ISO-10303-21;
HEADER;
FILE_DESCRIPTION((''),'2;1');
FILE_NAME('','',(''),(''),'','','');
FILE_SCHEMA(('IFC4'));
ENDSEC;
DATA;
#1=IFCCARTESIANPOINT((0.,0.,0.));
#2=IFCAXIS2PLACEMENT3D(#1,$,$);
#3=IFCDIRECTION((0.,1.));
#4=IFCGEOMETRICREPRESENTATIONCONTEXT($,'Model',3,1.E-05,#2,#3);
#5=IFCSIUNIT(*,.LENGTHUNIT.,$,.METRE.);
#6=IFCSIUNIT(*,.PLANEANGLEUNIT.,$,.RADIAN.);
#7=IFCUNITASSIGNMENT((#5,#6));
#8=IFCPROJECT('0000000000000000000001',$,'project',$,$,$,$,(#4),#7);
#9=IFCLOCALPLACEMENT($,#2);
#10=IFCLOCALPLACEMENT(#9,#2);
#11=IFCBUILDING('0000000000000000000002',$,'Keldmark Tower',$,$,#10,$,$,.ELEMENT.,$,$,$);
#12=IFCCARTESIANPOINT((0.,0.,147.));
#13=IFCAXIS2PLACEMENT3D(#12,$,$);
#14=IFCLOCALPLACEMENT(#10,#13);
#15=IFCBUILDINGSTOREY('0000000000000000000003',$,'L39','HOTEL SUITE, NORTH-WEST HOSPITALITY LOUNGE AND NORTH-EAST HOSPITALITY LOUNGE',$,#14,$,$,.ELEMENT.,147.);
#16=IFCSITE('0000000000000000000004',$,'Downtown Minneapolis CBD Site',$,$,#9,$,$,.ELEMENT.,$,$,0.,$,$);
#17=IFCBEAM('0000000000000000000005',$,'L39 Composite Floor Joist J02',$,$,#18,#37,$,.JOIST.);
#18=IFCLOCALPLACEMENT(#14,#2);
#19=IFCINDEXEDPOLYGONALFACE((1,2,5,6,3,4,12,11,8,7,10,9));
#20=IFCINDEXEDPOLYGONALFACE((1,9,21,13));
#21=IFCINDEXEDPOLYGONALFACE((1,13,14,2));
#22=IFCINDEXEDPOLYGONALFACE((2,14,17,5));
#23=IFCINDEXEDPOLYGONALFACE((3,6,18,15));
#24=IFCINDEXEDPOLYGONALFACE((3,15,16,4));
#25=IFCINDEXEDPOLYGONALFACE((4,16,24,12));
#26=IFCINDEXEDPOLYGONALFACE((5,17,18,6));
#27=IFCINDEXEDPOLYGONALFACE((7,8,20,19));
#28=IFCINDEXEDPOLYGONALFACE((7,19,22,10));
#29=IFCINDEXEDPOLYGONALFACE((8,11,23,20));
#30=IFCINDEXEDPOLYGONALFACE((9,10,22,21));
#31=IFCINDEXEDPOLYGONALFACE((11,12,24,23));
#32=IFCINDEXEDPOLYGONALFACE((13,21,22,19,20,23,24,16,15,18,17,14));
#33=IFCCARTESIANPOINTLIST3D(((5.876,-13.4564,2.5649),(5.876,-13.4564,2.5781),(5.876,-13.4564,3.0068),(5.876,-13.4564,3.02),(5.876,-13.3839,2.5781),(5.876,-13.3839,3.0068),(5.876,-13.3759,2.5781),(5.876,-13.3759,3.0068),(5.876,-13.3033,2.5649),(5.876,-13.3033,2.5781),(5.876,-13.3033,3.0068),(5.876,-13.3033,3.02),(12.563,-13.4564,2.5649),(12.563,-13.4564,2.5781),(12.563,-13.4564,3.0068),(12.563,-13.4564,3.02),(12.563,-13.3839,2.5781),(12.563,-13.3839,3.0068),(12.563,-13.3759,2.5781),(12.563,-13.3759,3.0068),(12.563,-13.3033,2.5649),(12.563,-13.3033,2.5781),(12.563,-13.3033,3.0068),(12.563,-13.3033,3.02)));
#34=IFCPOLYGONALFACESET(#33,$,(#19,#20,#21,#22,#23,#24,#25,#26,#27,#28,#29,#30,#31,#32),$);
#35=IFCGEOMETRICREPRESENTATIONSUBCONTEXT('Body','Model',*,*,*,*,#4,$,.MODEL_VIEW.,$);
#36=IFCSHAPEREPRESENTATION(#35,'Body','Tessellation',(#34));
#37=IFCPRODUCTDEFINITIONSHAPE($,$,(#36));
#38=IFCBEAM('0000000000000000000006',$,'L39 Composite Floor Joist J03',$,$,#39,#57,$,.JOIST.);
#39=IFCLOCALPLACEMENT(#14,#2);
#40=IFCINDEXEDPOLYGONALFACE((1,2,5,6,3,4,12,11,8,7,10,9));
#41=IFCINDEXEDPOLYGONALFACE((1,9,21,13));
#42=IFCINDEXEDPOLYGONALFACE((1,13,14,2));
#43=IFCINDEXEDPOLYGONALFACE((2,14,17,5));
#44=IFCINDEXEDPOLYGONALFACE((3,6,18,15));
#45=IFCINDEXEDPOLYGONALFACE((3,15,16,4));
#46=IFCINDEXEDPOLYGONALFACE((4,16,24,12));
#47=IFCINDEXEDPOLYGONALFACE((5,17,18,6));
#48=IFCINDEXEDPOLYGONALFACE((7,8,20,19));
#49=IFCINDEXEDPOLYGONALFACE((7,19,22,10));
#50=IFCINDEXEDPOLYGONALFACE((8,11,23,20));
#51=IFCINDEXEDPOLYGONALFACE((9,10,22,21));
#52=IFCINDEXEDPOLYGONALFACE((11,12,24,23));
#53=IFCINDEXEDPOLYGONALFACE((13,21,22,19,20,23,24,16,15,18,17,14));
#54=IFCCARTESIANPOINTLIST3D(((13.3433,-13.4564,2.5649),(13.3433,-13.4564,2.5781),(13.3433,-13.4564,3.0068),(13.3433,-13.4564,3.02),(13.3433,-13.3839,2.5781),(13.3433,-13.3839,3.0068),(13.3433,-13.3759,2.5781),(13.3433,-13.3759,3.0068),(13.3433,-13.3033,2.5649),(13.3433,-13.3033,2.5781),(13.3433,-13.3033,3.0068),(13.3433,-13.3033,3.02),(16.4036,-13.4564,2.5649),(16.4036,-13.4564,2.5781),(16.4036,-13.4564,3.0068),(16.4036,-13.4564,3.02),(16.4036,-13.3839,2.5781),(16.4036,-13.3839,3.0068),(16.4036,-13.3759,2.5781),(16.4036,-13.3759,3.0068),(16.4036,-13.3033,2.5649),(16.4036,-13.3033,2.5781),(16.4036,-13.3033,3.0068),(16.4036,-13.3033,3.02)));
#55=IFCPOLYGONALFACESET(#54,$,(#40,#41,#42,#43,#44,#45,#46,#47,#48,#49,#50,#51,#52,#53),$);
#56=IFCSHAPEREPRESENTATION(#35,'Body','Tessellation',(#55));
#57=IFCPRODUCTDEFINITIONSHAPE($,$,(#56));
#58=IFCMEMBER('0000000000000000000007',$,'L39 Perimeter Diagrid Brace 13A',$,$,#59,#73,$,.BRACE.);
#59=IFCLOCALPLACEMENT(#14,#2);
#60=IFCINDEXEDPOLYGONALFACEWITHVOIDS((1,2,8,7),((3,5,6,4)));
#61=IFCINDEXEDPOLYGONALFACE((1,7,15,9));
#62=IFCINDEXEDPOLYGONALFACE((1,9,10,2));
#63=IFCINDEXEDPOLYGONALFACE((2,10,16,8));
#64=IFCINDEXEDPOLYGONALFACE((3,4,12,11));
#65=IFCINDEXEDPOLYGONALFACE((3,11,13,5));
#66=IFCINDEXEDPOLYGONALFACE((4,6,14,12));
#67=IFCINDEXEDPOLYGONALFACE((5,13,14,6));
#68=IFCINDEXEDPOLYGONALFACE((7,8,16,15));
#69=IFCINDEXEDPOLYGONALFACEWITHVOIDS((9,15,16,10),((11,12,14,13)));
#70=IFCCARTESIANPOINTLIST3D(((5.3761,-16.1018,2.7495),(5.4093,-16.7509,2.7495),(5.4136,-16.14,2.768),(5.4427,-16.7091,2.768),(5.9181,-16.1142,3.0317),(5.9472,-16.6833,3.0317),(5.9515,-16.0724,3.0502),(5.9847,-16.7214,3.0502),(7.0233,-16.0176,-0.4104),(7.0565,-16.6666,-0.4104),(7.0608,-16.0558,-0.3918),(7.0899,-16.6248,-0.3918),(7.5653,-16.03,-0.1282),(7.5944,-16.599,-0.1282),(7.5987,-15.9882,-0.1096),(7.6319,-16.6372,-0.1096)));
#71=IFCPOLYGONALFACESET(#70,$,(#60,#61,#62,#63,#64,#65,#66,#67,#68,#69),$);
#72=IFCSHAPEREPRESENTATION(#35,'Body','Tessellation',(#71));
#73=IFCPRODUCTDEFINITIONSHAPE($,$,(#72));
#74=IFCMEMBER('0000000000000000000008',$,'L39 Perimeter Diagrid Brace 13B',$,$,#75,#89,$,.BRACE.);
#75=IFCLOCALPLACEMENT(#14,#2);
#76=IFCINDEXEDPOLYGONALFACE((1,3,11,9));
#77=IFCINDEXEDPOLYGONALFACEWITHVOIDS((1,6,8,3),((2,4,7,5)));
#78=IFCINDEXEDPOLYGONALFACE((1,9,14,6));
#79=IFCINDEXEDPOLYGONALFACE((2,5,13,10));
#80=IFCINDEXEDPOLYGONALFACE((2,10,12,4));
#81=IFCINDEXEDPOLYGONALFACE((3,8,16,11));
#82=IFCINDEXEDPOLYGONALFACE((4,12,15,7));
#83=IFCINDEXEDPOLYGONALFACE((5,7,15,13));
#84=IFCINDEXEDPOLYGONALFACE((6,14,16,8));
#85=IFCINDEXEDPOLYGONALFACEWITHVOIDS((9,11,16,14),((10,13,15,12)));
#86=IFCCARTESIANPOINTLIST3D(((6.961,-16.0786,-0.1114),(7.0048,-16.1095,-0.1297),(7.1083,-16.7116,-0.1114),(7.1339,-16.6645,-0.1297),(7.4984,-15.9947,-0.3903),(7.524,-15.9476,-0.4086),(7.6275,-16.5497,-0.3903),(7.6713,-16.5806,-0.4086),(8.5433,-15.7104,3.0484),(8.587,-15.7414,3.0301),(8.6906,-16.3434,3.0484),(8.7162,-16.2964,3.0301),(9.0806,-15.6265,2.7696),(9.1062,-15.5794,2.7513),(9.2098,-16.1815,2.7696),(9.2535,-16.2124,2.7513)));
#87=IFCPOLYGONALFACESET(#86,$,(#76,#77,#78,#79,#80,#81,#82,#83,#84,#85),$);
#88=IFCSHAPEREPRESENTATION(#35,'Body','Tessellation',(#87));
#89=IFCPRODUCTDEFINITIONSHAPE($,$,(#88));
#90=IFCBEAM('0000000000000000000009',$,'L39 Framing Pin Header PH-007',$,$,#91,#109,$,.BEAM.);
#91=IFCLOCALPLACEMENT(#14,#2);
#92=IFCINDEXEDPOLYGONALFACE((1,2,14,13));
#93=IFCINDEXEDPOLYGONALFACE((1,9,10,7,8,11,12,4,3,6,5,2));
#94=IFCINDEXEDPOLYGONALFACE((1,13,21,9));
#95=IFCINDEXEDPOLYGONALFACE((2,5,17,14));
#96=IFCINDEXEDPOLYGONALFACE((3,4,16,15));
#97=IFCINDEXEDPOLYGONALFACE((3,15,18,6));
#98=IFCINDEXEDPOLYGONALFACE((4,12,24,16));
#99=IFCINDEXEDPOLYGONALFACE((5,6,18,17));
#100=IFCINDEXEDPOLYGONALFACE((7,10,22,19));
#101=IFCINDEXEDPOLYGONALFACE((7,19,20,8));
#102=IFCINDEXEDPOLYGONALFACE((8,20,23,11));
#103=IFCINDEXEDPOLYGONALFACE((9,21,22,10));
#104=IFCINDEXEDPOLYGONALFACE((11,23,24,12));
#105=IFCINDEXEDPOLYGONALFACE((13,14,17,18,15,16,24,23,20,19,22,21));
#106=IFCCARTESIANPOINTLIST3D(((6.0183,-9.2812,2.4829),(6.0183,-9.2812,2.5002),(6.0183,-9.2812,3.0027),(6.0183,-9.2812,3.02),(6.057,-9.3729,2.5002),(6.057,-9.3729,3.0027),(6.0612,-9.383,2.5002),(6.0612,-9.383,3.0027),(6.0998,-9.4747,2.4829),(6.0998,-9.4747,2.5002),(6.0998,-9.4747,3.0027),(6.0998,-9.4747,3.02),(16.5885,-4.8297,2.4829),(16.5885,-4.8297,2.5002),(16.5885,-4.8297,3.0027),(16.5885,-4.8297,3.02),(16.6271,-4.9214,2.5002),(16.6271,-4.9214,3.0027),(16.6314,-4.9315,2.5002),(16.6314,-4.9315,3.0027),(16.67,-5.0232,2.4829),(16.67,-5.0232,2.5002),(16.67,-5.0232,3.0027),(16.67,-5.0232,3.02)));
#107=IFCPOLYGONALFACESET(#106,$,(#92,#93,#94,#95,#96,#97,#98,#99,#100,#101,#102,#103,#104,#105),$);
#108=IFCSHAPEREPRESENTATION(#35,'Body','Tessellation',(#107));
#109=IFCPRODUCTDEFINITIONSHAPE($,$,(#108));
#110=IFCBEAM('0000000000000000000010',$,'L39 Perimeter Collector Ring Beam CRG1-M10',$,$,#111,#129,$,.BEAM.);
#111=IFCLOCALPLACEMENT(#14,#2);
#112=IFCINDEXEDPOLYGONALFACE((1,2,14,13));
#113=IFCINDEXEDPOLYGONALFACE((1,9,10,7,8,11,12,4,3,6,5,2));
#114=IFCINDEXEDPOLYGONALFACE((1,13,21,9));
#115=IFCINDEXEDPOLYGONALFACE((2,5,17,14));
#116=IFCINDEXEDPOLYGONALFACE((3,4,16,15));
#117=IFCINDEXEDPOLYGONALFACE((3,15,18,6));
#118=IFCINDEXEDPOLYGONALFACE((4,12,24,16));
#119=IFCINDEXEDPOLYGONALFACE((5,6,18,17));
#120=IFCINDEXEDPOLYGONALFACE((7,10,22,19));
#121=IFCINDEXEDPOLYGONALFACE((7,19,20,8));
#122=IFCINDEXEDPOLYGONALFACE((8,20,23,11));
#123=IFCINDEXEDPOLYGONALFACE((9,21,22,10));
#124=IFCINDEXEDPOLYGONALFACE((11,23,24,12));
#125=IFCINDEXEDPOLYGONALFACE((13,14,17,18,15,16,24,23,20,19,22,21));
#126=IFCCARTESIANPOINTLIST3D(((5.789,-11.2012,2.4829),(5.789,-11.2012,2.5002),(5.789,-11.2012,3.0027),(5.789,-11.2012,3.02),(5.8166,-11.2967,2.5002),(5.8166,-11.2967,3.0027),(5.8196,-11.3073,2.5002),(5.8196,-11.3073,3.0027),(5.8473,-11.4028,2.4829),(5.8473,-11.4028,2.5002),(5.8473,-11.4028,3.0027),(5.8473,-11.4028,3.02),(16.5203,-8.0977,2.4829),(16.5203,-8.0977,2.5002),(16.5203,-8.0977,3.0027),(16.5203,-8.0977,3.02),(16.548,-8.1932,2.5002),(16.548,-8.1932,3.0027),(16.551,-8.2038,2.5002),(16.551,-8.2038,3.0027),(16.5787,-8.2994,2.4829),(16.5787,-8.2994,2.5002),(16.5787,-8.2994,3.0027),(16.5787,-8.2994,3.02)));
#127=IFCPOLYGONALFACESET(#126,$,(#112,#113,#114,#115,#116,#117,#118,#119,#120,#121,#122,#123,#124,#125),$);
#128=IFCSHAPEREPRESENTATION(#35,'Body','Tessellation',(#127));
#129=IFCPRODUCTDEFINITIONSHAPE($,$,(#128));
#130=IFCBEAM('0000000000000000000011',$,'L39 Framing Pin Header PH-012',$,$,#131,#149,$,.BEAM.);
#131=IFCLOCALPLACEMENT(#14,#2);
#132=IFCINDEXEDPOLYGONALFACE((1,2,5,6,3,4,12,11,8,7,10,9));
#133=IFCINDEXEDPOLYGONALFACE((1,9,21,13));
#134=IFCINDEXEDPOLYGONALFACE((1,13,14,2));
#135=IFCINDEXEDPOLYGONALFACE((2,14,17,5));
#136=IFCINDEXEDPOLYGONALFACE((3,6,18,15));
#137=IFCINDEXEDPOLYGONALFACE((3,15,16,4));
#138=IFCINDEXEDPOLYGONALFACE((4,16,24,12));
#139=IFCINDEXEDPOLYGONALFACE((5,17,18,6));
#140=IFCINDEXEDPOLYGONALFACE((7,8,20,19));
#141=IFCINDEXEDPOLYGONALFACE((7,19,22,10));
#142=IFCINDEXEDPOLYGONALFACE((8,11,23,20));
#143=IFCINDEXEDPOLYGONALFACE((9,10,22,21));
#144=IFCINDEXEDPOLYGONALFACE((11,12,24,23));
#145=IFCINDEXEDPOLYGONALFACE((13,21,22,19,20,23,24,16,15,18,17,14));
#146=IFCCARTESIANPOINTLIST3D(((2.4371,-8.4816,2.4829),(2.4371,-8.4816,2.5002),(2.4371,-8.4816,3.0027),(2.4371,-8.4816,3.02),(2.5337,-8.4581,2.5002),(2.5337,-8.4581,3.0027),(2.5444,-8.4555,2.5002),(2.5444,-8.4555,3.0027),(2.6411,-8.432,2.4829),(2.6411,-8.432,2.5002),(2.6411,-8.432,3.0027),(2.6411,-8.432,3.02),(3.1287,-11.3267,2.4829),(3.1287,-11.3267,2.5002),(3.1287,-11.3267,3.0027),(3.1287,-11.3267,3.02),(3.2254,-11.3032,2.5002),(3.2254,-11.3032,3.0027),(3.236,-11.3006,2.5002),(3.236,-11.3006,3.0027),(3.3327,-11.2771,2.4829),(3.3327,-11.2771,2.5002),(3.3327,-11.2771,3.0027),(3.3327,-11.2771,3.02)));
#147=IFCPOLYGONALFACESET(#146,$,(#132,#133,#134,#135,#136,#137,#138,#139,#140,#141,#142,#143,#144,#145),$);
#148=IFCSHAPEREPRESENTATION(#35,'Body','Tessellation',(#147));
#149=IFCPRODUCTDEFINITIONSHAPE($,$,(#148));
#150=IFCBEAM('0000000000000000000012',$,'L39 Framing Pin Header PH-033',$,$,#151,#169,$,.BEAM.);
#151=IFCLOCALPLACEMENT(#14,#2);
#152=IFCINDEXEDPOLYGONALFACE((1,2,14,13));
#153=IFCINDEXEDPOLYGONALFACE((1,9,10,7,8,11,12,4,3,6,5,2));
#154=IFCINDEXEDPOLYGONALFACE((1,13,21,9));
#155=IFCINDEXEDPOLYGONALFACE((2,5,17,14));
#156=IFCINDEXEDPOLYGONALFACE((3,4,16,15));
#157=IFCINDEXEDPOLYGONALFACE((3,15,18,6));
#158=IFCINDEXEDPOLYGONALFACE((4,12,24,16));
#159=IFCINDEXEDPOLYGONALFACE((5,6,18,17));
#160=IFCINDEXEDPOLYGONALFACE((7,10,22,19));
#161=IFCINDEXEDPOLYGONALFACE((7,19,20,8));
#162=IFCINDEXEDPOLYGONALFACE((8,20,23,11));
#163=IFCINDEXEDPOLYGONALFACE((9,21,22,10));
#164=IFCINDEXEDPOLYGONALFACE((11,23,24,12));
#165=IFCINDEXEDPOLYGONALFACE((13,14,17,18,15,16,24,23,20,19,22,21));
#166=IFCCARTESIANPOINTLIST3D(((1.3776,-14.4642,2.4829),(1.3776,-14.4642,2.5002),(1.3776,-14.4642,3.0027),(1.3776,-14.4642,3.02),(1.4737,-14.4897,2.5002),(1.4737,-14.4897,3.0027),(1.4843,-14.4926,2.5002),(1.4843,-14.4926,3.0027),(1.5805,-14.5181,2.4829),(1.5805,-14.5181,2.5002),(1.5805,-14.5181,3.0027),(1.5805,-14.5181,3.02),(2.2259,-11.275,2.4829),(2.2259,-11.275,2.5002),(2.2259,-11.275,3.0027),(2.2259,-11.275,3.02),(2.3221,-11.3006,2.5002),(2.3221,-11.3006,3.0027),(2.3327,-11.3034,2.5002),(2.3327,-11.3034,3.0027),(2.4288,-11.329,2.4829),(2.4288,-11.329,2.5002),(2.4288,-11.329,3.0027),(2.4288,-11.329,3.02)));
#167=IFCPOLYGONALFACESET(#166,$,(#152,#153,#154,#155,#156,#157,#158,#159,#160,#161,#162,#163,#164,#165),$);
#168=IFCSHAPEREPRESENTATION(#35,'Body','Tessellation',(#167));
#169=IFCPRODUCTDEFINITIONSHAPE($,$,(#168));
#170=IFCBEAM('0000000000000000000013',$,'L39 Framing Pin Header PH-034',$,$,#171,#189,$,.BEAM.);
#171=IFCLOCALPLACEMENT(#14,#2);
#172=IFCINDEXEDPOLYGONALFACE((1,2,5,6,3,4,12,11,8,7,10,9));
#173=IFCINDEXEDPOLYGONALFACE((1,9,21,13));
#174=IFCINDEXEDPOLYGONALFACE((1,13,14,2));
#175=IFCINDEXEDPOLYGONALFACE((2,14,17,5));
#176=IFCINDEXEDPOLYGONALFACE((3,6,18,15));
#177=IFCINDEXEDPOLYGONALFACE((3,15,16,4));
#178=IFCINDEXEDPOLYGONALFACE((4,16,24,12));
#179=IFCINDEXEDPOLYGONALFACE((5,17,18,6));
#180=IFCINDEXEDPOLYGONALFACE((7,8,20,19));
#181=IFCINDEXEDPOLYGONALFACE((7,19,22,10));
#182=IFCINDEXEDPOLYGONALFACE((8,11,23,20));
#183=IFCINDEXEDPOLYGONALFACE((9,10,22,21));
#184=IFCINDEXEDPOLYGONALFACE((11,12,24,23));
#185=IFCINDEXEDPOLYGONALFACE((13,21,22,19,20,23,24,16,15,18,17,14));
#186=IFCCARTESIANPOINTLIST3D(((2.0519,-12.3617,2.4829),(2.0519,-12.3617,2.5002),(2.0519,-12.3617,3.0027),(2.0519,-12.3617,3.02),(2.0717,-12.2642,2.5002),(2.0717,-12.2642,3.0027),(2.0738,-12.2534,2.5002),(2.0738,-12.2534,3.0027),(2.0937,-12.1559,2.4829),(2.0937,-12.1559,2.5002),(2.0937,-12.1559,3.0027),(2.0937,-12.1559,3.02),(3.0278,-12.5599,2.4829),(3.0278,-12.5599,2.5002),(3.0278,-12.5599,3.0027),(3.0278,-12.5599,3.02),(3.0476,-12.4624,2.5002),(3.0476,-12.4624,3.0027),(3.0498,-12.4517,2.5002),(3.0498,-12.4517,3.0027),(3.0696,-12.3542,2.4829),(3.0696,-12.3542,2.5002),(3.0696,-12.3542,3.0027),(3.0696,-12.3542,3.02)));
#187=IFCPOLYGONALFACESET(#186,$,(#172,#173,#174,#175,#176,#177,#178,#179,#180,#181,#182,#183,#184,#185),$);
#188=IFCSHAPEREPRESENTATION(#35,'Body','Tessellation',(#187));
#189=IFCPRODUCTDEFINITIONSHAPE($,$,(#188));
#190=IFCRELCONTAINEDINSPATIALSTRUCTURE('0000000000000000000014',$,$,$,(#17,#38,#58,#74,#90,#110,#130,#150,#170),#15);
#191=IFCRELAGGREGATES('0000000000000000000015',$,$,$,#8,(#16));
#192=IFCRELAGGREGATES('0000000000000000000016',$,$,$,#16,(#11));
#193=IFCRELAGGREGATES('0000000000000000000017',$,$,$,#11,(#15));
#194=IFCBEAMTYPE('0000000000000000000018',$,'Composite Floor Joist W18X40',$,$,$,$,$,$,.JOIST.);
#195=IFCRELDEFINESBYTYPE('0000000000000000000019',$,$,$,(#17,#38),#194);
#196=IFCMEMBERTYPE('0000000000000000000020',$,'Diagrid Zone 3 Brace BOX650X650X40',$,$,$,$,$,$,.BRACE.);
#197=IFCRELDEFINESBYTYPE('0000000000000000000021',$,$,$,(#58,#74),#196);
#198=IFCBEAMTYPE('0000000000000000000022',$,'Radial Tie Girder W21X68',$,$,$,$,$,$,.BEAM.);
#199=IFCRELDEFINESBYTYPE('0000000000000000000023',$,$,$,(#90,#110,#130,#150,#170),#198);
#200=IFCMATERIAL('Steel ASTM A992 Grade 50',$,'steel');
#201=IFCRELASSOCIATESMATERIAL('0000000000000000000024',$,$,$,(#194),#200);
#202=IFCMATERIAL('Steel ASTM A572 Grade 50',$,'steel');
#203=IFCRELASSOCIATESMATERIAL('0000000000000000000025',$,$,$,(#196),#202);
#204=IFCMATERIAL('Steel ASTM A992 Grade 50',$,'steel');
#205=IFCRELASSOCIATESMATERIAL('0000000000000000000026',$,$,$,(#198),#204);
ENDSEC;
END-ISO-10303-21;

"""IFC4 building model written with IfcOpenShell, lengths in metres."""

from ifc_helpers import new_model, si_unit, direction, frame, origin, origin_2d, place, context, subcontext, project, spatial, hollow_rectangle, i_section, extrude, material, material_profile, profile_set, type_object, element, save


model = new_model("IFC4")

# Units and contexts
model_context = context("Model", 3, precision=1e-05, world=origin(), true_north=direction((0.0, 1.0)))
body_context = subcontext(model_context, "Body", "Model", "MODEL_VIEW")
ifc_project = project(units=[si_unit("LENGTHUNIT", "METRE"), si_unit("PLANEANGLEUNIT", "RADIAN")], contexts=[model_context])

# Site, building, storey
site_placement = place(None, origin())
site = spatial("IfcSite", under=ifc_project, at=site_placement, Name="Downtown Minneapolis CBD Site", CompositionType="ELEMENT", RefElevation=0.0)
building_placement = place(site_placement, origin())
building = spatial("IfcBuilding", under=site, at=building_placement, Name="Keldmark Tower", CompositionType="ELEMENT")
storey_placement = place(building_placement, frame((0.0, 0.0, 147.0)))
storey = spatial("IfcBuildingStorey", under=building, at=storey_placement, Name="L39", Description="HOTEL SUITE, NORTH-WEST HOSPITALITY LOUNGE AND NORTH-EAST HOSPITALITY LOUNGE", CompositionType="ELEMENT", Elevation=147.0)

# Beams
ifc_material_1 = material(Name="Steel ASTM A992 Grade 50", Category="steel")
ifc_material_profile_1 = material_profile(ifc_material_1, i_section(OverallWidth=0.1531, OverallDepth=0.4551, WebThickness=0.0081, FlangeThickness=0.0132, at=origin_2d()), Name="W18X40")
ifc_profile_set_1 = profile_set([ifc_material_profile_1], Name="Steel ASTM A992 Grade 50")
beam_type_1 = type_object("IfcBeamType", Name="Composite Floor Joist W18X40", PredefinedType="JOIST", material=ifc_profile_set_1)
beam_1_placement = place(storey_placement, frame((5.876, -13.3799, 2.7925), z_axis=(1.0, 0.0, 0.0), x_axis=(0.0, 1.0, 0.0)))
element("IfcBeam", 1, at=beam_1_placement, inside=storey, type_object=beam_type_1, Name="L39 Composite Floor Joist J02", PredefinedType="JOIST", context=body_context, shape_type="SweptSolid", body=[
    extrude(i_section(OverallWidth=0.1531, OverallDepth=0.4551, WebThickness=0.0081, FlangeThickness=0.0132, at=origin_2d()), origin(), (0.0, 0.0, 1.0), 6.687),
])
beam_2_placement = place(storey_placement, frame((13.3433, -13.3799, 2.7925), z_axis=(1.0, 0.0, 0.0), x_axis=(0.0, 1.0, 0.0)))
element("IfcBeam", 2, at=beam_2_placement, inside=storey, type_object=beam_type_1, Name="L39 Composite Floor Joist J03", PredefinedType="JOIST", context=body_context, shape_type="SweptSolid", body=[
    extrude(i_section(OverallWidth=0.1531, OverallDepth=0.4551, WebThickness=0.0081, FlangeThickness=0.0132, at=origin_2d()), origin(), (0.0, 0.0, 1.0), 3.0603),
])

# Members
ifc_material_2 = material(Name="Steel ASTM A572 Grade 50", Category="steel")
ifc_material_profile_2 = material_profile(ifc_material_2, hollow_rectangle(XDim=0.6499, YDim=0.6499, WallThickness=0.04, at=origin_2d()), Name="BOX650X650X40")
ifc_profile_set_2 = profile_set([ifc_material_profile_2], Name="Steel ASTM A572 Grade 50")
member_type = type_object("IfcMemberType", Name="Diagrid Zone 3 Brace BOX650X650X40", PredefinedType="BRACE", material=ifc_profile_set_2)
member_1_placement = place(storey_placement, frame((7.3276, -16.3274, -0.26), z_axis=(-0.462121, -0.02363, 0.886502), x_axis=(0.051067, -0.998695, 0.0)))
element("IfcMember", 3, at=member_1_placement, inside=storey, type_object=member_type, Name="L39 Perimeter Diagrid Brace 13A", PredefinedType="BRACE", context=body_context, shape_type="SweptSolid", body=[
    extrude(hollow_rectangle(XDim=0.6499, YDim=0.6499, WallThickness=0.04, at=origin_2d()), origin(), (0.0, 0.0, 1.0), 3.5645),
])
member_2_placement = place(storey_placement, frame((7.3162, -16.3296, -0.26), z_axis=(0.445328, 0.103619, 0.889351), x_axis=(-0.226626, 0.973982, 0.0)))
element("IfcMember", 4, at=member_2_placement, inside=storey, type_object=member_type, Name="L39 Perimeter Diagrid Brace 13B", PredefinedType="BRACE", context=body_context, shape_type="SweptSolid", body=[
    extrude(hollow_rectangle(XDim=0.6499, YDim=0.6499, WallThickness=0.04, at=origin_2d()), origin(), (0.0, 0.0, 1.0), 3.553),
])

# Beams
ifc_material_3 = material(Name="Steel ASTM A992 Grade 50", Category="steel")
ifc_material_profile_3 = material_profile(ifc_material_3, i_section(OverallWidth=0.21, OverallDepth=0.5371, WebThickness=0.011, FlangeThickness=0.0173, at=origin_2d()), Name="W21X68")
ifc_profile_set_3 = profile_set([ifc_material_profile_3], Name="Steel ASTM A992 Grade 50")
beam_type_2 = type_object("IfcBeamType", Name="Radial Tie Girder W21X68", PredefinedType="BEAM", material=ifc_profile_set_3)
beam_3_placement = place(storey_placement, frame((6.0591, -9.3779, 2.7515), z_axis=(0.921609, 0.388121, 0.0), x_axis=(-0.388121, 0.921609, 0.0)))
element("IfcBeam", 5, at=beam_3_placement, inside=storey, type_object=beam_type_2, Name="L39 Framing Pin Header PH-007", PredefinedType="BEAM", context=body_context, shape_type="SweptSolid", body=[
    extrude(i_section(OverallWidth=0.21, OverallDepth=0.5371, WebThickness=0.011, FlangeThickness=0.0173, at=origin_2d()), origin(), (0.0, 0.0, 1.0), 11.4692),
])
beam_4_placement = place(storey_placement, frame((5.8181, -11.302, 2.7515), z_axis=(0.960635, 0.277814, 0.0), x_axis=(-0.277814, 0.960635, 0.0)))
element("IfcBeam", 6, at=beam_4_placement, inside=storey, type_object=beam_type_2, Name="L39 Perimeter Collector Ring Beam CRG1-M10", PredefinedType="BEAM", context=body_context, shape_type="SweptSolid", body=[
    extrude(i_section(OverallWidth=0.21, OverallDepth=0.5371, WebThickness=0.011, FlangeThickness=0.0173, at=origin_2d()), origin(), (0.0, 0.0, 1.0), 11.1711),
])
beam_5_placement = place(storey_placement, frame((2.5391, -8.4568, 2.7515), z_axis=(0.236213, -0.971701, 0.0), x_axis=(0.971701, 0.236213, 0.0)))
element("IfcBeam", 7, at=beam_5_placement, inside=storey, type_object=beam_type_2, Name="L39 Framing Pin Header PH-012", PredefinedType="BEAM", context=body_context, shape_type="SweptSolid", body=[
    extrude(i_section(OverallWidth=0.21, OverallDepth=0.5371, WebThickness=0.011, FlangeThickness=0.0173, at=origin_2d()), origin(), (0.0, 0.0, 1.0), 2.928),
])
beam_6_placement = place(storey_placement, frame((2.3274, -11.302, 2.7515), z_axis=(-0.257078, -0.966391, 0.0), x_axis=(0.966391, -0.257078, 0.0)))
element("IfcBeam", 8, at=beam_6_placement, inside=storey, type_object=beam_type_2, Name="L39 Framing Pin Header PH-033", PredefinedType="BEAM", context=body_context, shape_type="SweptSolid", body=[
    extrude(i_section(OverallWidth=0.21, OverallDepth=0.5371, WebThickness=0.011, FlangeThickness=0.0173, at=origin_2d()), origin(), (0.0, 0.0, 1.0), 3.3),
])
beam_7_placement = place(storey_placement, frame((2.0728, -12.2588, 2.7515), z_axis=(0.979982, -0.199086, 0.0), x_axis=(0.199086, 0.979982, 0.0)))
element("IfcBeam", 9, at=beam_7_placement, inside=storey, type_object=beam_type_2, Name="L39 Framing Pin Header PH-034", PredefinedType="BEAM", context=body_context, shape_type="SweptSolid", body=[
    extrude(i_section(OverallWidth=0.21, OverallDepth=0.5371, WebThickness=0.011, FlangeThickness=0.0173, at=origin_2d()), origin(), (0.0, 0.0, 1.0), 0.9958),
])

save(model, "model.ifc")
